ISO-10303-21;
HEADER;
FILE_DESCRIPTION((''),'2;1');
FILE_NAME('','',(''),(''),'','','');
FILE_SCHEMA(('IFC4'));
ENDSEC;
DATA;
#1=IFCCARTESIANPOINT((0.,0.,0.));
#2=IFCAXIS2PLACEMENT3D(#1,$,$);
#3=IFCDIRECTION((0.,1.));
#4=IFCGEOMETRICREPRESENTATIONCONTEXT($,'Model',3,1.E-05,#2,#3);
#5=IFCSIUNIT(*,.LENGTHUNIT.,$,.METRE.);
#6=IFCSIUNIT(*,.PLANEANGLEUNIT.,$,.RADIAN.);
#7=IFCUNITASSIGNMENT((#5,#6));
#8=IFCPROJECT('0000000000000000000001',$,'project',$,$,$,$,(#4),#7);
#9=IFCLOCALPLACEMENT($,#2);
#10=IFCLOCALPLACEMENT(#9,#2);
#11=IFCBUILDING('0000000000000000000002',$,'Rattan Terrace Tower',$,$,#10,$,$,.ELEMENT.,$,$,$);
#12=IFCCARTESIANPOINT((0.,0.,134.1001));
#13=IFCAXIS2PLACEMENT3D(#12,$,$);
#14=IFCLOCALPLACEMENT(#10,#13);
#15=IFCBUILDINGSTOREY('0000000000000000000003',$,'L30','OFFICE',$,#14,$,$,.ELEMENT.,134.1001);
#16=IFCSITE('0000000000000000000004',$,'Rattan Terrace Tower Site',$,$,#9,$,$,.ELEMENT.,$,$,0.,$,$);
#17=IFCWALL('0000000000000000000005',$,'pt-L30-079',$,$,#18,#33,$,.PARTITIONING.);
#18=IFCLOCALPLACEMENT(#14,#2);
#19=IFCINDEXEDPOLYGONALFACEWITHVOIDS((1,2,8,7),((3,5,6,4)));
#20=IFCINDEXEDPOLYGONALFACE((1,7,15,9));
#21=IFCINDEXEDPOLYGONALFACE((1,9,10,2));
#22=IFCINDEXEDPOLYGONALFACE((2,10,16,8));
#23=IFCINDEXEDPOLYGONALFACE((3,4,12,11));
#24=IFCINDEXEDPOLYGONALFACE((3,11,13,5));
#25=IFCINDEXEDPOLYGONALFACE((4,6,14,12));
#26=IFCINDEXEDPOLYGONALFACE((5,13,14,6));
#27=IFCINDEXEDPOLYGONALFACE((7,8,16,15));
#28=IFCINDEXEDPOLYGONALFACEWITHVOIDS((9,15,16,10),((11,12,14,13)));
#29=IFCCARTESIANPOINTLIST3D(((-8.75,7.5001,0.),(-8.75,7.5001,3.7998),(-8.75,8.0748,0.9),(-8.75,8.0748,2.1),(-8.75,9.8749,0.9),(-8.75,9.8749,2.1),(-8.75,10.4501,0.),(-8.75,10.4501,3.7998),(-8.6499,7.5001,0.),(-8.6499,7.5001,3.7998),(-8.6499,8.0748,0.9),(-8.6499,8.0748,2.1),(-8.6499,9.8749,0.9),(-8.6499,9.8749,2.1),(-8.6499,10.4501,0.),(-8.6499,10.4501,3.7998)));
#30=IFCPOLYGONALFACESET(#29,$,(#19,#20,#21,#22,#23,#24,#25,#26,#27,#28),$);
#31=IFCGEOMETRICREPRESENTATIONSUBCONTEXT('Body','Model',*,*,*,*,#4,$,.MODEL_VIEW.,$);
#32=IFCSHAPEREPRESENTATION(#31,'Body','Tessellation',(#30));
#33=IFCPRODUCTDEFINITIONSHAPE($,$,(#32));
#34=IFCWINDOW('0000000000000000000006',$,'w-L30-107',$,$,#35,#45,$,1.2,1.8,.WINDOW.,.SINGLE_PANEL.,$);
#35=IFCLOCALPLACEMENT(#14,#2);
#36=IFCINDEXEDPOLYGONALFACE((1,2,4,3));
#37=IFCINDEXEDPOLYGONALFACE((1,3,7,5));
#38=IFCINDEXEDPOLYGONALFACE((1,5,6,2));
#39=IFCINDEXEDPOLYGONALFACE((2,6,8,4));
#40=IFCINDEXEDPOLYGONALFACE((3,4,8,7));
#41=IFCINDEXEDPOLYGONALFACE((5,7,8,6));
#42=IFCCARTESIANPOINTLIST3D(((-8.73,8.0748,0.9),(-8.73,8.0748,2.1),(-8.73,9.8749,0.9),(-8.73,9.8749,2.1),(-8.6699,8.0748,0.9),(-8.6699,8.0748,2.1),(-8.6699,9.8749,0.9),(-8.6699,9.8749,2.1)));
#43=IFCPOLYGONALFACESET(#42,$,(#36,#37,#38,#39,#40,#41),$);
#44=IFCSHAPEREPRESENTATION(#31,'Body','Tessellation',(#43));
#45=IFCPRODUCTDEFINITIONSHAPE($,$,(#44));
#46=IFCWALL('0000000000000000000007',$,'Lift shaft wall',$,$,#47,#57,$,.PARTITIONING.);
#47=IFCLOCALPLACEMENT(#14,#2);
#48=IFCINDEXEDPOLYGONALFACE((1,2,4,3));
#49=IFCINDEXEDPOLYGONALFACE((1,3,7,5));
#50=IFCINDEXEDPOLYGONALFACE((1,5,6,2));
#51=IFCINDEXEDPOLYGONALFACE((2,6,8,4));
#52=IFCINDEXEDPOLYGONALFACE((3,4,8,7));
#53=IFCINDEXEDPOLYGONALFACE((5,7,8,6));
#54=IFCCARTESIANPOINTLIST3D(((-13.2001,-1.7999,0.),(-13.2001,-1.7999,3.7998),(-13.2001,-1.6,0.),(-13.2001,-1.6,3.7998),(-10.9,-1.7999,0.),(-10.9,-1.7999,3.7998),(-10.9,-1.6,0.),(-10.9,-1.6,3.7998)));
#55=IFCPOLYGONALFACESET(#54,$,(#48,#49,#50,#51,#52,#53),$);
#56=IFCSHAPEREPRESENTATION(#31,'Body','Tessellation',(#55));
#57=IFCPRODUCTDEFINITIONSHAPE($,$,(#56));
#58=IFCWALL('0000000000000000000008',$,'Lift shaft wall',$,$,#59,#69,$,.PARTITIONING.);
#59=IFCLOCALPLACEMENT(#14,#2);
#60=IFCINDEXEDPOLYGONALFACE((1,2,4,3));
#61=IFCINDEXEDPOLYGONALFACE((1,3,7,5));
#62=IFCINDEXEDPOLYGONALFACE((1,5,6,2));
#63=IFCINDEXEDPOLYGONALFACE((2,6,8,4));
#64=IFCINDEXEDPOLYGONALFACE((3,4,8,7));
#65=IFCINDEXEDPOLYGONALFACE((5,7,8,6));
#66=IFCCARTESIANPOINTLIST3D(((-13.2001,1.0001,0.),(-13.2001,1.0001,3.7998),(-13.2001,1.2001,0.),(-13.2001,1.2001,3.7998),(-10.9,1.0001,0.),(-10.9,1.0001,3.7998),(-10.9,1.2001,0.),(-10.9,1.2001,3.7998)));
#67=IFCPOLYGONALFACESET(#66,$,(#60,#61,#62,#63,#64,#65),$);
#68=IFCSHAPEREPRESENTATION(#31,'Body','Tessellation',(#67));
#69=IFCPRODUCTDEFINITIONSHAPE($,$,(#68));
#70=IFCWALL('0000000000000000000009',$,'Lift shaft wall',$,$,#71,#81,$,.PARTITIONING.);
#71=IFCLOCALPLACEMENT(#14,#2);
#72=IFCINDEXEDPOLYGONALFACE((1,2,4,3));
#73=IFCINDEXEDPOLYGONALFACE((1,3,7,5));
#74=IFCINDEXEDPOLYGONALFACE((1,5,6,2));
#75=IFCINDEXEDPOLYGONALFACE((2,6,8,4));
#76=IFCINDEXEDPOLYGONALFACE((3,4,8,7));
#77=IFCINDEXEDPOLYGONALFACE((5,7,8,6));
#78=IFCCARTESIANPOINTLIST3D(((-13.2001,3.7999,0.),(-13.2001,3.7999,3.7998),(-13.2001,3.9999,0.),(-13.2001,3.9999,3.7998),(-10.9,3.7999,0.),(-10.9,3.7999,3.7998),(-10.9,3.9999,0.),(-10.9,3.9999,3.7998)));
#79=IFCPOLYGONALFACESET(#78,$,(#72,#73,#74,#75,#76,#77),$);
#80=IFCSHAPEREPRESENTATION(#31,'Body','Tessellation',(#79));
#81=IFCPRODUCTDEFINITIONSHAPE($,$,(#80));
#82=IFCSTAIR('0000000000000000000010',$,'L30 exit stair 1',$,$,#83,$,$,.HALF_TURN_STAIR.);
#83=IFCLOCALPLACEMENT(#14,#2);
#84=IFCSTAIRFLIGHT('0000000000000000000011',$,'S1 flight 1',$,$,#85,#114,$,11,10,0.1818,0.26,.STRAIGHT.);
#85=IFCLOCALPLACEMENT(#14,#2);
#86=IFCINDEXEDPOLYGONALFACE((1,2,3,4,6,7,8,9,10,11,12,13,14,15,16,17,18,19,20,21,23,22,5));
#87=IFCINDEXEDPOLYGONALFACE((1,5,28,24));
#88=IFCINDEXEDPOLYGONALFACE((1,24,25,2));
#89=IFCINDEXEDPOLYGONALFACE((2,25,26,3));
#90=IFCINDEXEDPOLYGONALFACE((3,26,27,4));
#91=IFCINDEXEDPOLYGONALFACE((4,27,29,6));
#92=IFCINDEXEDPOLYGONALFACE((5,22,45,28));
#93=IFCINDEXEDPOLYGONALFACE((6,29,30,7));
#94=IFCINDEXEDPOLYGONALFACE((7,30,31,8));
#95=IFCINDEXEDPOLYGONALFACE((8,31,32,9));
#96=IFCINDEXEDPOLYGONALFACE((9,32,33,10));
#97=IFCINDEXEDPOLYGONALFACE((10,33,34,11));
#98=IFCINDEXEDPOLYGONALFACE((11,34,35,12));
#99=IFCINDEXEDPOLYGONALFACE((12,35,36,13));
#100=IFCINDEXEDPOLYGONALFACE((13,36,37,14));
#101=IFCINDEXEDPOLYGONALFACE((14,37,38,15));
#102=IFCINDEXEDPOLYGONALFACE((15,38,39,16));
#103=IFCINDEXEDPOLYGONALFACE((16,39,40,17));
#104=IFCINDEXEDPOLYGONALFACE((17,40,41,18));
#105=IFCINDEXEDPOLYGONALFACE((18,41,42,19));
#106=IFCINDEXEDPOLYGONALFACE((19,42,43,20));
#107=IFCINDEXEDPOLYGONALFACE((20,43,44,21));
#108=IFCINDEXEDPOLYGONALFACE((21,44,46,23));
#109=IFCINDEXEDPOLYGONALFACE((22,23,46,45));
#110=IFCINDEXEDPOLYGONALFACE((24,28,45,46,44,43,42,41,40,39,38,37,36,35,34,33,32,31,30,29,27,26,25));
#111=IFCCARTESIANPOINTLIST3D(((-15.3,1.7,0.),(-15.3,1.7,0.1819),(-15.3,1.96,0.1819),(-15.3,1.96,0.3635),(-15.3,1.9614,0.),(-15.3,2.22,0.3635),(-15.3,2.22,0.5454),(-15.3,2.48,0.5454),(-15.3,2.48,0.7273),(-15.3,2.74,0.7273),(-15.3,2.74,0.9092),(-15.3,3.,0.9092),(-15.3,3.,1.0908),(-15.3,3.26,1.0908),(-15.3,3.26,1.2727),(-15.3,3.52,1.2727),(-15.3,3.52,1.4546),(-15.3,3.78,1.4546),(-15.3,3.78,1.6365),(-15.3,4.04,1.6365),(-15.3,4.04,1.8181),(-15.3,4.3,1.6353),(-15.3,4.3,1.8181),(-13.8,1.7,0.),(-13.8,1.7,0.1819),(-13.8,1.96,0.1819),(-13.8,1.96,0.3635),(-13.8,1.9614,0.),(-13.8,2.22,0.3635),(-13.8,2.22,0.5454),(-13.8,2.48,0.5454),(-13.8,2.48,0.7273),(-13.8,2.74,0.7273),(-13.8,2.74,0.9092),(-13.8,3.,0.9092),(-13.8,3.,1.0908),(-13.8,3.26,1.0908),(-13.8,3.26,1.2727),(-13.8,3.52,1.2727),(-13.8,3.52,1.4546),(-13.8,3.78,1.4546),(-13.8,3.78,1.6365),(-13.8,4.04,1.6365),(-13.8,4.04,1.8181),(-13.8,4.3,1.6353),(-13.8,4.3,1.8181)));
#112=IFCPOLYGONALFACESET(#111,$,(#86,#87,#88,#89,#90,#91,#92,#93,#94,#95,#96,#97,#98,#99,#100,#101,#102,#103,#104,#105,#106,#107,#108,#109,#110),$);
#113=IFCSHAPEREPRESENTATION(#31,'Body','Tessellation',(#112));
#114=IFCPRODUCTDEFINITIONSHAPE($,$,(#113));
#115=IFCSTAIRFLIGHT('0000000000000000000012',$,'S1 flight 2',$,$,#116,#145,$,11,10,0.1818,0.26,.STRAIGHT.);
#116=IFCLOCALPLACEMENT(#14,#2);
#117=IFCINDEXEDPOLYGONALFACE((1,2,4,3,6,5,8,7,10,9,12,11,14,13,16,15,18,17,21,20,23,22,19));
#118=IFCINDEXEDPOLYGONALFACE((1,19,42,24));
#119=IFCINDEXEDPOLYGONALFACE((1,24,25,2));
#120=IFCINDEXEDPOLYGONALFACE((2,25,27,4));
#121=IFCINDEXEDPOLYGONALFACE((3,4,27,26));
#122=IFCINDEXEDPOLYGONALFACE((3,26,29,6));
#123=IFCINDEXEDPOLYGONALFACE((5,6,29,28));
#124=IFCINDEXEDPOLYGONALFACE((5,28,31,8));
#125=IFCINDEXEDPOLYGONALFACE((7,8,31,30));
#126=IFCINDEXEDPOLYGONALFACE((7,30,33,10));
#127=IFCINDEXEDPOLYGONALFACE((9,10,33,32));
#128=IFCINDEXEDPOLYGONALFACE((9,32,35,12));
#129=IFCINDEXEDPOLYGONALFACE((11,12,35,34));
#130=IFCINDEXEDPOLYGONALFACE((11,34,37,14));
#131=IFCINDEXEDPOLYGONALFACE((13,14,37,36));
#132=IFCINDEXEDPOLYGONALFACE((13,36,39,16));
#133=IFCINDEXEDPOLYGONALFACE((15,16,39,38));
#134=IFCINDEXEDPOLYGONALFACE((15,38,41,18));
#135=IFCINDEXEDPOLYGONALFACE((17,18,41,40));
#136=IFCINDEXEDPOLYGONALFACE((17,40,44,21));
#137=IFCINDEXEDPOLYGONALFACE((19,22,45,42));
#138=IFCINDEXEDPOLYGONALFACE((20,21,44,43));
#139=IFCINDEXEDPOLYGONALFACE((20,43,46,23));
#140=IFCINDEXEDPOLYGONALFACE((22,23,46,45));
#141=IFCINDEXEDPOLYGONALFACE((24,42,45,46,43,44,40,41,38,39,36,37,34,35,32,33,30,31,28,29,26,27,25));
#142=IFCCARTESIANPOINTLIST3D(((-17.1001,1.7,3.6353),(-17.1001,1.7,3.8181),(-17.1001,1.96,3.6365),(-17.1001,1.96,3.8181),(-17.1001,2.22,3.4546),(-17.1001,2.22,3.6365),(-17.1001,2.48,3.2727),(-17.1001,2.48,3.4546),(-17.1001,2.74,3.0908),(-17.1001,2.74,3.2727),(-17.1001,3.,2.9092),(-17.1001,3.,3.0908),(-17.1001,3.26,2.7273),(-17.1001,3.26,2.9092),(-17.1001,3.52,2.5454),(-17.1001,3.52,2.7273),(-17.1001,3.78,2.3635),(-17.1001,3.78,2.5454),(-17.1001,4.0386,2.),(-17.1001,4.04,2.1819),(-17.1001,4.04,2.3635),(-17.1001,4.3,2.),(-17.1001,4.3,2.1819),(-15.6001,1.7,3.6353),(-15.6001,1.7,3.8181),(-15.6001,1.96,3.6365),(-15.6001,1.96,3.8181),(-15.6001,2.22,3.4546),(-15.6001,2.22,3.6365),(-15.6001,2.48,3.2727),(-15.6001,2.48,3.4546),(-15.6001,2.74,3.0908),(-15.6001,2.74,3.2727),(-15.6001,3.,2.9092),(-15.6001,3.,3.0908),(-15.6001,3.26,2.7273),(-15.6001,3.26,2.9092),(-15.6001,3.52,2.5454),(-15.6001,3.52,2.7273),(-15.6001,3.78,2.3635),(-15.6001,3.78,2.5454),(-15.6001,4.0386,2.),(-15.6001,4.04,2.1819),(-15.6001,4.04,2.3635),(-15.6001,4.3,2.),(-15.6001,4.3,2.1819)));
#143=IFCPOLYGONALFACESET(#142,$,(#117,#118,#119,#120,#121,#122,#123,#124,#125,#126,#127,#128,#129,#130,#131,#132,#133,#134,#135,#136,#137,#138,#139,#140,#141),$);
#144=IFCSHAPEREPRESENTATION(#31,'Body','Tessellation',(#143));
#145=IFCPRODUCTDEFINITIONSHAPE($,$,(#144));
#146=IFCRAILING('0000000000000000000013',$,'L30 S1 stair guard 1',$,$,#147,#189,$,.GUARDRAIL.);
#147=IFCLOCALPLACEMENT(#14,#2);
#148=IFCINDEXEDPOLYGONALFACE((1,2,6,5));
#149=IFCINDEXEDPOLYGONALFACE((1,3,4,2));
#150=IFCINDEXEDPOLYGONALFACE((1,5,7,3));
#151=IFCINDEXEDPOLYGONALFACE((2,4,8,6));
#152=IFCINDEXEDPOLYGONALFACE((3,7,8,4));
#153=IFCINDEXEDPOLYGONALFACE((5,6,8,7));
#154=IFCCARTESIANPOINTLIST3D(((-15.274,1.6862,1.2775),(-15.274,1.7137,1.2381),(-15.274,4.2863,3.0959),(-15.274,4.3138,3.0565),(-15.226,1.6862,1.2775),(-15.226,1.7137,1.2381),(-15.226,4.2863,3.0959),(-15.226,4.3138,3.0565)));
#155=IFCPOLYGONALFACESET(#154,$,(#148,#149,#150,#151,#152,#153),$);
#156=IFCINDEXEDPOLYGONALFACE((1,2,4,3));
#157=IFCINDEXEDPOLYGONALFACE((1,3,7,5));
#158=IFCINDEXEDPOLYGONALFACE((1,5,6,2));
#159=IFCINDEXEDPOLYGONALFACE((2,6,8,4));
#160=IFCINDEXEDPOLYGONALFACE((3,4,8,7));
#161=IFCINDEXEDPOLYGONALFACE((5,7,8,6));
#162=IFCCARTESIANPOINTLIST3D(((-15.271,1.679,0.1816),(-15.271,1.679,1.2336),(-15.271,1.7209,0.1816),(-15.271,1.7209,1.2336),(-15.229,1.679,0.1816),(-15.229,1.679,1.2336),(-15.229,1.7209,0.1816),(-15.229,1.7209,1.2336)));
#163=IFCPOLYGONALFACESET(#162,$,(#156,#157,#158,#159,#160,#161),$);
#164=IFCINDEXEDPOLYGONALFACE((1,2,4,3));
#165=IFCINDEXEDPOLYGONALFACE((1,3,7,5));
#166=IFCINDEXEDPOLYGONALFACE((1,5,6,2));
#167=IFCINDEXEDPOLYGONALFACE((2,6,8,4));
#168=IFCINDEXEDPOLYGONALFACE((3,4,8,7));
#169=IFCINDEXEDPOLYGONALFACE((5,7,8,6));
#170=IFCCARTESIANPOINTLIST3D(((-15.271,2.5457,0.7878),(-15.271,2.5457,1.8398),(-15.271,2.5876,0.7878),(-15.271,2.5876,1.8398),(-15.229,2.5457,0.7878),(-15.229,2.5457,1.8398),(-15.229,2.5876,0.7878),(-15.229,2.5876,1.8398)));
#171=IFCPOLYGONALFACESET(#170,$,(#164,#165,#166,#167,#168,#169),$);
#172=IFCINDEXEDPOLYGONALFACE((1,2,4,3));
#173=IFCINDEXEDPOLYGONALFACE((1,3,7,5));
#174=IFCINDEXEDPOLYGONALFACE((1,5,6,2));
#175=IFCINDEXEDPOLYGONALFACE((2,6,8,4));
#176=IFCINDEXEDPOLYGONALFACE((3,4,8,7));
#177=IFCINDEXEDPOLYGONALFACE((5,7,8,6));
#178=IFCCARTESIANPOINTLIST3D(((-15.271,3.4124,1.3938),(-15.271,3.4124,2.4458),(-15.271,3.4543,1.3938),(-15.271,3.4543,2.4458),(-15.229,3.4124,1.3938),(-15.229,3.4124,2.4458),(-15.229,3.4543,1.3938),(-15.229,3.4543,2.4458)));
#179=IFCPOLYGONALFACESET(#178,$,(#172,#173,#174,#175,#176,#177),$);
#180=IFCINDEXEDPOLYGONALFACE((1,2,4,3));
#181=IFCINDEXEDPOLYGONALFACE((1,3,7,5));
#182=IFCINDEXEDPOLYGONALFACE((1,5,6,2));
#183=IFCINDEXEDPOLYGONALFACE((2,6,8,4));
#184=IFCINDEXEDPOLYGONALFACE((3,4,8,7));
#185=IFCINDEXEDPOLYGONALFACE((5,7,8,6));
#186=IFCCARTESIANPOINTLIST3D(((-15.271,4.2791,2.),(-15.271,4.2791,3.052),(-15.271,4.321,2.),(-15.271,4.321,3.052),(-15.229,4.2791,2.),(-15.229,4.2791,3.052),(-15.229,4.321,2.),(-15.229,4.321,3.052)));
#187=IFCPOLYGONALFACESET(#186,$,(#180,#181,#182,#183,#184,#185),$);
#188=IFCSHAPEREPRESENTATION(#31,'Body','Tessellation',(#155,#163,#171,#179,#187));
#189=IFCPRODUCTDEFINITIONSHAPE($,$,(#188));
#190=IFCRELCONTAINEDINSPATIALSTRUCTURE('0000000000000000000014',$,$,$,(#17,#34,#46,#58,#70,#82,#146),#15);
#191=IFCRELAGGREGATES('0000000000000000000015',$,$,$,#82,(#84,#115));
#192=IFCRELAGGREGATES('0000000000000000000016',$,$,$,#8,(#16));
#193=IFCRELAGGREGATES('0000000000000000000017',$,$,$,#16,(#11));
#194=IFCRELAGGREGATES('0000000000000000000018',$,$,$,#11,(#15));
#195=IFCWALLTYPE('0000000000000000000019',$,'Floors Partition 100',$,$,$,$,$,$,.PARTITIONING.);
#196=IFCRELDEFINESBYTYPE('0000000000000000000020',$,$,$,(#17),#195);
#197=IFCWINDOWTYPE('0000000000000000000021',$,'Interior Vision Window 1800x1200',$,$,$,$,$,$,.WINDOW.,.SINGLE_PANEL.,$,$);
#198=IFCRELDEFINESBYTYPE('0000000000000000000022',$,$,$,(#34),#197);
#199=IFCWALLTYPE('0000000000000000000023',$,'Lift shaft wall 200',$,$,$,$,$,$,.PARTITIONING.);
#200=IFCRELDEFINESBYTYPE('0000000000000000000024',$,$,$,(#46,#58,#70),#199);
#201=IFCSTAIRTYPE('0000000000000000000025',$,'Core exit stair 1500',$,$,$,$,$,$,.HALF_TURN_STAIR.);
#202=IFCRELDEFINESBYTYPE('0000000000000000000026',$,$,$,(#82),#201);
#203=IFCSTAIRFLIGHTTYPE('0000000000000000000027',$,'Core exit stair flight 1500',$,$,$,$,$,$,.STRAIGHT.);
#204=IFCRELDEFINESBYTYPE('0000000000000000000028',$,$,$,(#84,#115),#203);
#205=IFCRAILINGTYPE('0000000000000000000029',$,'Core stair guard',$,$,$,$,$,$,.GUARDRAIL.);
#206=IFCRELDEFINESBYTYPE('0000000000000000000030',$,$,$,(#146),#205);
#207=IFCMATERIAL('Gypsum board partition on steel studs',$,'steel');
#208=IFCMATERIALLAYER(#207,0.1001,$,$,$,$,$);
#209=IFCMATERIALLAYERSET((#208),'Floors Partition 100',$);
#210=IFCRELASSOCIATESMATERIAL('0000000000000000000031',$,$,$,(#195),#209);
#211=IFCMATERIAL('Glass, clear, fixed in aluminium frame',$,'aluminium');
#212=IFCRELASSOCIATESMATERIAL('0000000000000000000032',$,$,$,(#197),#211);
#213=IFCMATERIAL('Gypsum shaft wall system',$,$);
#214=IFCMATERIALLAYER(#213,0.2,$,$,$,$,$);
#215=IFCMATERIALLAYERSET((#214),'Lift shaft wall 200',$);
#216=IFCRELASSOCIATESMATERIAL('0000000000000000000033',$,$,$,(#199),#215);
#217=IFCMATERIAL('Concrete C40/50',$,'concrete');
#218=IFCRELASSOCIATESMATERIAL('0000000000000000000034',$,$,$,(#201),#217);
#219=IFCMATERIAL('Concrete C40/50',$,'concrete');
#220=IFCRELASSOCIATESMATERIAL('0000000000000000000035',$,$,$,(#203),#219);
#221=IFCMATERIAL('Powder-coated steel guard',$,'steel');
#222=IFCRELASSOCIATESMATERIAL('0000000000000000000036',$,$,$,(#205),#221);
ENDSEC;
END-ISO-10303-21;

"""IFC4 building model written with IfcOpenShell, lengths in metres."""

from ifc_helpers import new_model, si_unit, direction, frame, frame_2d, origin, origin_2d, place, context, subcontext, project, spatial, polyline, rectangle, outline, extrude, material, layer, layer_set, type_object, element, fill, aggregate, save


model = new_model("IFC4")

# Units and contexts
model_context = context("Model", 3, precision=1e-05, world=origin(), true_north=direction((0.0, 1.0)))
body_context = subcontext(model_context, "Body", "Model", "MODEL_VIEW")
ifc_project = project(units=[si_unit("LENGTHUNIT", "METRE"), si_unit("PLANEANGLEUNIT", "RADIAN")], contexts=[model_context])

# Site, building, storey
site_placement = place(None, origin())
site = spatial("IfcSite", under=ifc_project, at=site_placement, Name="Rattan Terrace Tower Site", CompositionType="ELEMENT", RefElevation=0.0)
building_placement = place(site_placement, origin())
building = spatial("IfcBuilding", under=site, at=building_placement, Name="Rattan Terrace Tower", CompositionType="ELEMENT")
storey_placement = place(building_placement, frame((0.0, 0.0, 134.1001)))
storey = spatial("IfcBuildingStorey", under=building, at=storey_placement, Name="L30", Description="OFFICE", CompositionType="ELEMENT", Elevation=134.1001)

# Wall, opening, window
ifc_material_1 = material(Name="Gypsum board partition on steel studs", Category="steel")
ifc_layer_1 = layer(ifc_material_1, 0.1001)
ifc_layer_set_1 = layer_set([ifc_layer_1], Name="Floors Partition 100")
wall_type_1 = type_object("IfcWallType", Name="Floors Partition 100", PredefinedType="PARTITIONING", material=ifc_layer_set_1)
ifc_material_2 = material(Name="Glass, clear, fixed in aluminium frame", Category="aluminium")
window_type = type_object("IfcWindowType", Name="Interior Vision Window 1800x1200", PartitioningType="SINGLE_PANEL", PredefinedType="WINDOW", material=ifc_material_2)
wall_1_placement = place(storey_placement, frame((-8.7, 7.5, 0.0), z_axis=(0.0, 0.0, 1.0), x_axis=(0.0, 1.0, 0.0)))
wall_1 = element("IfcWall", 1, at=wall_1_placement, inside=storey, type_object=wall_type_1, Name="pt-L30-079", PredefinedType="PARTITIONING", context=body_context, shape_type="SweptSolid", body=[
    extrude(rectangle(XDim=2.95, YDim=0.1001, at=frame_2d((1.4751, 0.0))), origin(), (0.0, 0.0, 1.0), 3.7998),
])
opening_1_placement = place(wall_1_placement, frame((0.575, 0.0, 0.8999)))
opening_1 = element("IfcOpeningElement", 2, at=opening_1_placement, cuts=wall_1, PredefinedType="OPENING", context=body_context, shape_type="SweptSolid", body=[
    extrude(rectangle(XDim=1.8, YDim=1.2, at=frame_2d((0.8999, 0.6001))), frame((0.0, 0.0605, 0.0), z_axis=(0.0, -1.0, 0.0), x_axis=(1.0, 0.0, 0.0)), (0.0, 0.0, 1.0), 0.1211),
])
window_1_placement = place(opening_1_placement, origin())
window_1 = element("IfcWindow", 3, at=window_1_placement, inside=storey, type_object=window_type, Name="w-L30-107", OverallHeight=1.2, OverallWidth=1.8, PartitioningType="SINGLE_PANEL", PredefinedType="WINDOW", context=body_context, shape_type="SweptSolid", body=[
    extrude(rectangle(XDim=1.8, YDim=1.2, at=frame_2d((0.8999, 0.6001))), frame((0.0, 0.03, 0.0), z_axis=(0.0, -1.0, 0.0), x_axis=(1.0, 0.0, 0.0)), (0.0, 0.0, 1.0), 0.0601),
])
fill(opening_1, window_1)

# Walls
ifc_material_3 = material(Name="Gypsum shaft wall system")
ifc_layer_2 = layer(ifc_material_3, 0.2)
ifc_layer_set_2 = layer_set([ifc_layer_2], Name="Lift shaft wall 200")
wall_type_2 = type_object("IfcWallType", Name="Lift shaft wall 200", PredefinedType="PARTITIONING", material=ifc_layer_set_2)
for number, where, z_axis, x_axis, name in (
    (4, (-13.2, -1.7, 0.0), (0.0, 0.0, 1.0), (1.0, 0.0, 0.0), "Lift shaft wall"),
    (5, (-13.2, 1.1001, 0.0), (0.0, 0.0, 1.0), (1.0, 0.0, 0.0), "Lift shaft wall"),
    (6, (-13.2, 3.8999, 0.0), (0.0, 0.0, 1.0), (1.0, 0.0, 0.0), "Lift shaft wall"),
):
    element("IfcWall", number, at=place(storey_placement, frame(where, z_axis=z_axis, x_axis=x_axis)), inside=storey, type_object=wall_type_2, Name=name, PredefinedType="PARTITIONING", context=body_context, shape_type="SweptSolid", body=[
        extrude(rectangle(XDim=2.3, YDim=0.2, at=frame_2d((1.1499, 0.0))), origin(), (0.0, 0.0, 1.0), 3.7998),
    ])

# Stair, stair flights
ifc_material_4 = material(Name="Concrete C40/50", Category="concrete")
stair_type = type_object("IfcStairType", Name="Core exit stair 1500", PredefinedType="HALF_TURN_STAIR", material=ifc_material_4)
stair_placement = place(storey_placement, origin())
stair = element("IfcStair", 7, at=stair_placement, inside=storey, type_object=stair_type, Name="L30 exit stair 1", PredefinedType="HALF_TURN_STAIR")
ifc_material_5 = material(Name="Concrete C40/50", Category="concrete")
stair_flight_type = type_object("IfcStairFlightType", Name="Core exit stair flight 1500", PredefinedType="STRAIGHT", material=ifc_material_5)
stair_flight_1_placement = place(storey_placement, frame((-14.55, 1.7, 0.0), z_axis=(0.0, 0.0, 1.0), x_axis=(0.0, 1.0, 0.0)))
stair_flight_1 = element("IfcStairFlight", 8, at=stair_flight_1_placement, type_object=stair_flight_type, Name="S1 flight 1", NumberOfRisers=11, NumberOfTreads=10, PredefinedType="STRAIGHT", RiserHeight=0.1818, TreadLength=0.26, context=body_context, shape_type="SweptSolid", body=[
    extrude(outline(polyline([(0.0, 0.0), (0.0, 0.1819), (0.26, 0.1819), (0.26, 0.3635), (0.52, 0.3635), (0.52, 0.5454), (0.78, 0.5454), (0.78, 0.7273), (1.04, 0.7273), (1.04, 0.9092), (1.3, 0.9092), (1.3, 1.0908), (1.5601, 1.0908), (1.5601, 1.2727), (1.8201, 1.2727), (1.8201, 1.4546), (2.0801, 1.4546), (2.0801, 1.6365), (2.3401, 1.6365), (2.3401, 1.8181), (2.6001, 1.8181), (2.6001, 2.0), (2.6001, 1.6353), (0.2615, 0.0), (0.0, 0.0)])), frame((0.0, 0.75, 0.0), z_axis=(0.0, -1.0, 0.0), x_axis=(1.0, 0.0, 0.0)), (0.0, 0.0, 1.0), 1.5),
])
stair_flight_2_placement = place(storey_placement, frame((-16.3501, 4.3, 2.0), z_axis=(0.0, 0.0, 1.0), x_axis=(0.0, -1.0, 0.0)))
stair_flight_2 = element("IfcStairFlight", 9, at=stair_flight_2_placement, type_object=stair_flight_type, Name="S1 flight 2", NumberOfRisers=11, NumberOfTreads=10, PredefinedType="STRAIGHT", RiserHeight=0.1818, TreadLength=0.26, context=body_context, shape_type="SweptSolid", body=[
    extrude(outline(polyline([(0.0, 0.0), (0.0, 0.1819), (0.26, 0.1819), (0.26, 0.3635), (0.52, 0.3635), (0.52, 0.5454), (0.78, 0.5454), (0.78, 0.7273), (1.04, 0.7273), (1.04, 0.9092), (1.3, 0.9092), (1.3, 1.0908), (1.5601, 1.0908), (1.5601, 1.2727), (1.8201, 1.2727), (1.8201, 1.4546), (2.0801, 1.4546), (2.0801, 1.6365), (2.3401, 1.6365), (2.3401, 1.8181), (2.6001, 1.8181), (2.6001, 2.0), (2.6001, 1.6353), (0.2615, 0.0), (0.0, 0.0)])), frame((0.0, 0.75, 0.0), z_axis=(0.0, -1.0, 0.0), x_axis=(1.0, 0.0, 0.0)), (0.0, 0.0, 1.0), 1.5),
])
aggregate(stair, [stair_flight_1, stair_flight_2])

# Railing
ifc_material_6 = material(Name="Powder-coated steel guard", Category="steel")
railing_type_1 = type_object("IfcRailingType", Name="Core stair guard", PredefinedType="GUARDRAIL", material=ifc_material_6)
railing_1_placement = place(storey_placement, frame((-15.25, 1.7, 0.1816)))
element("IfcRailing", 10, at=railing_1_placement, inside=storey, type_object=railing_type_1, Name="L30 S1 stair guard 1", PredefinedType="GUARDRAIL", context=body_context, shape_type="SweptSolid", body=[
    extrude(rectangle(XDim=0.0481, YDim=0.0481, at=origin_2d()), frame((0.0, 0.0, 1.0762), z_axis=(0.0, 0.819485, 0.573101), x_axis=(-1.0, 0.0, 0.0)), (0.0, 0.0, 1.0), 3.1729),
    extrude(rectangle(XDim=0.042, YDim=0.042, at=origin_2d()), origin(), (0.0, 0.0, 1.0), 1.052),
    extrude(rectangle(XDim=0.042, YDim=0.042, at=origin_2d()), frame((0.0, 0.8667, 0.6062)), (0.0, 0.0, 1.0), 1.052),
    extrude(rectangle(XDim=0.042, YDim=0.042, at=origin_2d()), frame((0.0, 1.7334, 1.2122)), (0.0, 0.0, 1.0), 1.052),
    extrude(rectangle(XDim=0.042, YDim=0.042, at=origin_2d()), frame((0.0, 2.6001, 1.8184)), (0.0, 0.0, 1.0), 1.052),
])

save(model, "model.ifc")
